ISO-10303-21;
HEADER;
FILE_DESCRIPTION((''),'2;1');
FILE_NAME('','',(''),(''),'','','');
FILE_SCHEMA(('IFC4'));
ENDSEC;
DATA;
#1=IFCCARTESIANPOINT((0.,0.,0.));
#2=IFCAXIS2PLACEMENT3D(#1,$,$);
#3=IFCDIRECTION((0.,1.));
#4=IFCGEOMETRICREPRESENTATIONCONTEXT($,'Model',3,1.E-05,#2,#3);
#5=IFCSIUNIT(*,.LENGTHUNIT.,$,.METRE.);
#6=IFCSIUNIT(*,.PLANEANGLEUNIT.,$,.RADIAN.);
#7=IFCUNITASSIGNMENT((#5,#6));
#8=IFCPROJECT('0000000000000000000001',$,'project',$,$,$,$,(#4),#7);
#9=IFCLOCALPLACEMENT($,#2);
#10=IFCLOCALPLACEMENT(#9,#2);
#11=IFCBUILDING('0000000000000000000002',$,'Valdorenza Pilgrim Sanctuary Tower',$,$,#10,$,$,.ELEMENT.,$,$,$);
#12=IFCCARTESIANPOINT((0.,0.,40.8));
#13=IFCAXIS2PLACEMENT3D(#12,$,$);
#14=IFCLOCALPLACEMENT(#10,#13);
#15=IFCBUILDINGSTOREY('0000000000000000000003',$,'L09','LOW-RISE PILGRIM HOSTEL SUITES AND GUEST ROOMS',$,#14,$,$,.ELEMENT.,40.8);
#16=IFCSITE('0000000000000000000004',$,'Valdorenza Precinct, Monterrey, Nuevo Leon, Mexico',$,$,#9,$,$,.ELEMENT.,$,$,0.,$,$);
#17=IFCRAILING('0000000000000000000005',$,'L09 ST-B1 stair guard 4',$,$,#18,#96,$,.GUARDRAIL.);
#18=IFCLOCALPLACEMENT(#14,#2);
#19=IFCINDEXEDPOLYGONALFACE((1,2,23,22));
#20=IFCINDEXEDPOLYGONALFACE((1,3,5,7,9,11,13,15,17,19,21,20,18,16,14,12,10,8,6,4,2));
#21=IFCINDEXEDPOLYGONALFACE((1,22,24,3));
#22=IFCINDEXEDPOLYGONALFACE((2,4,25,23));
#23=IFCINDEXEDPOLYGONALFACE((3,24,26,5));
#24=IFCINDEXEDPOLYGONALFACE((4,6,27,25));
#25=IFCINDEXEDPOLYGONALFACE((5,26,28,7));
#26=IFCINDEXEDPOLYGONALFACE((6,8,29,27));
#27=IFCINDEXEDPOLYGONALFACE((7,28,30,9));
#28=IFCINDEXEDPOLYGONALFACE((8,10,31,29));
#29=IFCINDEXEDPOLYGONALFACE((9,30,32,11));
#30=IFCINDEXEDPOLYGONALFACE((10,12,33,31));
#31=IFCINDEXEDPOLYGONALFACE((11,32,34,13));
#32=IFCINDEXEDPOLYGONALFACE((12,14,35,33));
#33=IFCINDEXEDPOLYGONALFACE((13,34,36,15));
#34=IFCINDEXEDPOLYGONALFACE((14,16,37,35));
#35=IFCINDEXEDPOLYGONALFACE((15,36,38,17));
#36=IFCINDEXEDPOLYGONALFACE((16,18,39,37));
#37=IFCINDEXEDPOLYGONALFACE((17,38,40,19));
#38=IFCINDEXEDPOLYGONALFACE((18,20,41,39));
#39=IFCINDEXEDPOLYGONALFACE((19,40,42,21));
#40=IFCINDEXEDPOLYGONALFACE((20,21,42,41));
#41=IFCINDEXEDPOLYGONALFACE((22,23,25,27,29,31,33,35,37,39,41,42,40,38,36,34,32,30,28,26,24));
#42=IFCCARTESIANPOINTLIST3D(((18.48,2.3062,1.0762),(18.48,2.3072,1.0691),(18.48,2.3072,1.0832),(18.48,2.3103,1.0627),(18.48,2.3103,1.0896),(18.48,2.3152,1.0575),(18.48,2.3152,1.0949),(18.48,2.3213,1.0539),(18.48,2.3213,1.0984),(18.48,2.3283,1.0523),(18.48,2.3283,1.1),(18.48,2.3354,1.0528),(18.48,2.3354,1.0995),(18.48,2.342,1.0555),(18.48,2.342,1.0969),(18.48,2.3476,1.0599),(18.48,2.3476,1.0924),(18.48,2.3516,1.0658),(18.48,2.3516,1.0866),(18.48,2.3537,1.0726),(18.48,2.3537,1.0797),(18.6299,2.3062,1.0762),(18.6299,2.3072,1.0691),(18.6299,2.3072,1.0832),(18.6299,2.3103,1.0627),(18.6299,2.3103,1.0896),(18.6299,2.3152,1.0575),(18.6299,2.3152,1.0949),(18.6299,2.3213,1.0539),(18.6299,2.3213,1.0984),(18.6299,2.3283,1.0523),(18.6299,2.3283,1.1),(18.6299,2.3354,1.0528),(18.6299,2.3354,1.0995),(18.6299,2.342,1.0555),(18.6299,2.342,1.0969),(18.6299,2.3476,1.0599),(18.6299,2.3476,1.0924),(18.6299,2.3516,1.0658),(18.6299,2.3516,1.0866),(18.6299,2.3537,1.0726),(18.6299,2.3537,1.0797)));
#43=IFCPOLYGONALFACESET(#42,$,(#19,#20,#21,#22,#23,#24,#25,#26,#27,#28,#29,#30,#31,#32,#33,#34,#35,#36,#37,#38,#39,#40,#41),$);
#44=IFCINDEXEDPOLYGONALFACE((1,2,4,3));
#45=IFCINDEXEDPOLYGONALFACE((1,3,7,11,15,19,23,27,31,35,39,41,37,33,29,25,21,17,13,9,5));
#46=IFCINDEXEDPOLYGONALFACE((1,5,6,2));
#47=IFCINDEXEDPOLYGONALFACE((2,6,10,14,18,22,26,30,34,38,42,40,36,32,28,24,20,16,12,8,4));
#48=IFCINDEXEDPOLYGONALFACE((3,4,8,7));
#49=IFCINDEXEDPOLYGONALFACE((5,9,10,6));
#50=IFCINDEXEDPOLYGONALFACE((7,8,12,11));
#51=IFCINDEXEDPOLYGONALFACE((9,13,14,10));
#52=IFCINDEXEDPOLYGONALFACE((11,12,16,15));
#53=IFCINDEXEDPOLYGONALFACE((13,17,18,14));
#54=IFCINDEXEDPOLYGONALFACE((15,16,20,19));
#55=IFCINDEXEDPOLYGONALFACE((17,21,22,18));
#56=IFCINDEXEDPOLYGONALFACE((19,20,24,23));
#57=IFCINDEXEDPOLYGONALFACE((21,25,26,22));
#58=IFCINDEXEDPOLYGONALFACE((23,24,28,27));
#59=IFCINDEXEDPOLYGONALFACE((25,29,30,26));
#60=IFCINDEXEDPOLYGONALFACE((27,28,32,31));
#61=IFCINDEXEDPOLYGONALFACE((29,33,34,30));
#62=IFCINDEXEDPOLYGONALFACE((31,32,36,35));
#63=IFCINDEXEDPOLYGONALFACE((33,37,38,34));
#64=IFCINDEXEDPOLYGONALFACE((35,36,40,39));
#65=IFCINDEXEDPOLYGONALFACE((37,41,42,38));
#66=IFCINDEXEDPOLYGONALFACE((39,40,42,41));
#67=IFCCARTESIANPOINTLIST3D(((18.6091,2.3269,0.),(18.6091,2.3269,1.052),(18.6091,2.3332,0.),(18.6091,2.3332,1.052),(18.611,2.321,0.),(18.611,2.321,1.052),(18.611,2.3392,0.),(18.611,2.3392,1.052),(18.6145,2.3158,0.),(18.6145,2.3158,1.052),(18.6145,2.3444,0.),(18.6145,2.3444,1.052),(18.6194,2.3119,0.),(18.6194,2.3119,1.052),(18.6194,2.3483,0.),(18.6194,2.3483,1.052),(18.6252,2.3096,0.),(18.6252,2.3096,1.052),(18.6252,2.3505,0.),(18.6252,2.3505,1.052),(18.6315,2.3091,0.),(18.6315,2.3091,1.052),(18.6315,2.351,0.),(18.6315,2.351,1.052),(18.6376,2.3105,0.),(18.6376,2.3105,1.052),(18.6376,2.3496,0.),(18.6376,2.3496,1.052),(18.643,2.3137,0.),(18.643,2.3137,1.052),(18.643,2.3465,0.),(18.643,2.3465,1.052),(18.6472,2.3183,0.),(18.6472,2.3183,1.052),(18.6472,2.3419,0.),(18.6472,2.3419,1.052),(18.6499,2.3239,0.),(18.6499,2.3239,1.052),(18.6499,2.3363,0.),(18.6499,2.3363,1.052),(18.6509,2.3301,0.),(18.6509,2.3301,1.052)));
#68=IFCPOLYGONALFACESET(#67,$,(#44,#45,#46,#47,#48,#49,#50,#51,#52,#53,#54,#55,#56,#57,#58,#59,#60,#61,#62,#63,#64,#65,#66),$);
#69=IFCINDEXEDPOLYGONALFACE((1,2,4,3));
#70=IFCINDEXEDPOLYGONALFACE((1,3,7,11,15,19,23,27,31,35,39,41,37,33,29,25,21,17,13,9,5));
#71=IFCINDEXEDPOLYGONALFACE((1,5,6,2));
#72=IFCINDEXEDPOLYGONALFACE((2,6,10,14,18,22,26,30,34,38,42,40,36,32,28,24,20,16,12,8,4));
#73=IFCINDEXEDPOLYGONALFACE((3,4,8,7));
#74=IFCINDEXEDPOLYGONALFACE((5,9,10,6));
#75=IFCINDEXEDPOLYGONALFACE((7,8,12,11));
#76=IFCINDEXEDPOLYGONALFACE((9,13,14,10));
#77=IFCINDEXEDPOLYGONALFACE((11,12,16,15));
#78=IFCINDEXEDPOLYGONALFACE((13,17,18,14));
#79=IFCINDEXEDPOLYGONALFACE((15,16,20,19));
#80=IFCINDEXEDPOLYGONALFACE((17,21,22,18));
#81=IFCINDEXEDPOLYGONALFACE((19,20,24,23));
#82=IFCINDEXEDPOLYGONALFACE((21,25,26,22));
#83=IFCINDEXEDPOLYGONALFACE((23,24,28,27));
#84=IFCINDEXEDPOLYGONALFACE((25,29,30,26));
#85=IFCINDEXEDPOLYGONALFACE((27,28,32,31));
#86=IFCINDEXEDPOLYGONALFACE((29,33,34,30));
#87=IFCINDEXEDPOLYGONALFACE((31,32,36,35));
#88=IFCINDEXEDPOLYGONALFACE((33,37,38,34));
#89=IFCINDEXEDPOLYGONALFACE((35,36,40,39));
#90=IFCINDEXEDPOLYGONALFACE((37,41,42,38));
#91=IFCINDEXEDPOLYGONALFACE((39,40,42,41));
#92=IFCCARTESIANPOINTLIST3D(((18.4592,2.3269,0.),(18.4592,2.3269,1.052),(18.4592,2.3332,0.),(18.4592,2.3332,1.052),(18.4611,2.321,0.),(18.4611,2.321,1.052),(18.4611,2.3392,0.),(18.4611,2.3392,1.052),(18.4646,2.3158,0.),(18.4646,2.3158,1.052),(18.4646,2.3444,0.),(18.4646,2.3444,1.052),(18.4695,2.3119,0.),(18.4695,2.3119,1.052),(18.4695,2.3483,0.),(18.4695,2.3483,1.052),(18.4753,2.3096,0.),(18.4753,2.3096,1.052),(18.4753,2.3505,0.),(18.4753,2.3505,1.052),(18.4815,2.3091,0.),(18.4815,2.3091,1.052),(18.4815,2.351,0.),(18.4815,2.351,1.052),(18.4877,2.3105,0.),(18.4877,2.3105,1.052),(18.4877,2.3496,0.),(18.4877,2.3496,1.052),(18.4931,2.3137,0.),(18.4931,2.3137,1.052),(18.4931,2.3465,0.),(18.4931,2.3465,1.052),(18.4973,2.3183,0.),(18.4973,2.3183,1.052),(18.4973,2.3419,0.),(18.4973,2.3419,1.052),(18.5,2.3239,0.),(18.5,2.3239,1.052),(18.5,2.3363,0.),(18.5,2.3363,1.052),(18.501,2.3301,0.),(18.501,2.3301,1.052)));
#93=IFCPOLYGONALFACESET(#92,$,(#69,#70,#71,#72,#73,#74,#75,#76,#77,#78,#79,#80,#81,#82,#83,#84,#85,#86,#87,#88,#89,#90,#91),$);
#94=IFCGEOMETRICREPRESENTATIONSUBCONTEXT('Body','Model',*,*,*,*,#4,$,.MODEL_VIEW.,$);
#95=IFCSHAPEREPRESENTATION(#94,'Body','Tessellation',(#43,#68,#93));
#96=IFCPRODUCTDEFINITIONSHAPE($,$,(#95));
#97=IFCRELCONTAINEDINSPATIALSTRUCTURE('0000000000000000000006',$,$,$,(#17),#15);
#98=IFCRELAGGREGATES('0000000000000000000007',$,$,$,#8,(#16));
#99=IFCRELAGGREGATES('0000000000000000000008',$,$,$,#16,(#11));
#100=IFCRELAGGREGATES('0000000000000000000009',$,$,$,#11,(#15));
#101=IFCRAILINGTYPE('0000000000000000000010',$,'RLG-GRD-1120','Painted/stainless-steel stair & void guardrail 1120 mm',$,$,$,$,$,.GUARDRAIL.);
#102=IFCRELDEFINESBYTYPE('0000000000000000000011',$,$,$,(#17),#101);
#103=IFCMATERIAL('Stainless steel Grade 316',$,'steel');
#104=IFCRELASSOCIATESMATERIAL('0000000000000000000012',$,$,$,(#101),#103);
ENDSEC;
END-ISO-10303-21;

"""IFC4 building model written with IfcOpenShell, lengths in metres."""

from ifc_helpers import new_model, si_unit, direction, frame, origin, origin_2d, place, context, subcontext, project, spatial, circle, extrude, material, type_object, element, save


model = new_model("IFC4")

# Units and contexts
model_context = context("Model", 3, precision=1e-05, world=origin(), true_north=direction((0.0, 1.0)))
body_context = subcontext(model_context, "Body", "Model", "MODEL_VIEW")
ifc_project = project(units=[si_unit("LENGTHUNIT", "METRE"), si_unit("PLANEANGLEUNIT", "RADIAN")], contexts=[model_context])

# Site, building, storey
site_placement = place(None, origin())
site = spatial("IfcSite", under=ifc_project, at=site_placement, Name="Valdorenza Precinct, Monterrey, Nuevo Leon, Mexico", CompositionType="ELEMENT", RefElevation=0.0)
building_placement = place(site_placement, origin())
building = spatial("IfcBuilding", under=site, at=building_placement, Name="Valdorenza Pilgrim Sanctuary Tower", CompositionType="ELEMENT")
storey_placement = place(building_placement, frame((0.0, 0.0, 40.8)))
storey = spatial("IfcBuildingStorey", under=building, at=storey_placement, Name="L09", Description="LOW-RISE PILGRIM HOSTEL SUITES AND GUEST ROOMS", CompositionType="ELEMENT", Elevation=40.8)

# Railing
ifc_material_1 = material(Name="Stainless steel Grade 316", Category="steel")
railing_type_1 = type_object("IfcRailingType", Name="RLG-GRD-1120", Description="Painted/stainless-steel stair & void guardrail 1120 mm", PredefinedType="GUARDRAIL", material=ifc_material_1)
railing_1_placement = place(storey_placement, frame((18.6299, 2.3301, 0.0)))
element("IfcRailing", 1, at=railing_1_placement, inside=storey, type_object=railing_type_1, Name="L09 ST-B1 stair guard 4", PredefinedType="GUARDRAIL", context=body_context, shape_type="SweptSolid", body=[
    extrude(circle(Radius=0.0239, at=origin_2d()), frame((0.0, 0.0, 1.0762), z_axis=(-1.0, 0.0, 0.0), x_axis=(0.0, -1.0, 0.0)), (0.0, 0.0, 1.0), 0.1499),
    extrude(circle(Radius=0.021, at=origin_2d()), origin(), (0.0, 0.0, 1.0), 1.052),
    extrude(circle(Radius=0.021, at=origin_2d()), frame((-0.1499, 0.0, 0.0)), (0.0, 0.0, 1.0), 1.052),
])

save(model, "model.ifc")
